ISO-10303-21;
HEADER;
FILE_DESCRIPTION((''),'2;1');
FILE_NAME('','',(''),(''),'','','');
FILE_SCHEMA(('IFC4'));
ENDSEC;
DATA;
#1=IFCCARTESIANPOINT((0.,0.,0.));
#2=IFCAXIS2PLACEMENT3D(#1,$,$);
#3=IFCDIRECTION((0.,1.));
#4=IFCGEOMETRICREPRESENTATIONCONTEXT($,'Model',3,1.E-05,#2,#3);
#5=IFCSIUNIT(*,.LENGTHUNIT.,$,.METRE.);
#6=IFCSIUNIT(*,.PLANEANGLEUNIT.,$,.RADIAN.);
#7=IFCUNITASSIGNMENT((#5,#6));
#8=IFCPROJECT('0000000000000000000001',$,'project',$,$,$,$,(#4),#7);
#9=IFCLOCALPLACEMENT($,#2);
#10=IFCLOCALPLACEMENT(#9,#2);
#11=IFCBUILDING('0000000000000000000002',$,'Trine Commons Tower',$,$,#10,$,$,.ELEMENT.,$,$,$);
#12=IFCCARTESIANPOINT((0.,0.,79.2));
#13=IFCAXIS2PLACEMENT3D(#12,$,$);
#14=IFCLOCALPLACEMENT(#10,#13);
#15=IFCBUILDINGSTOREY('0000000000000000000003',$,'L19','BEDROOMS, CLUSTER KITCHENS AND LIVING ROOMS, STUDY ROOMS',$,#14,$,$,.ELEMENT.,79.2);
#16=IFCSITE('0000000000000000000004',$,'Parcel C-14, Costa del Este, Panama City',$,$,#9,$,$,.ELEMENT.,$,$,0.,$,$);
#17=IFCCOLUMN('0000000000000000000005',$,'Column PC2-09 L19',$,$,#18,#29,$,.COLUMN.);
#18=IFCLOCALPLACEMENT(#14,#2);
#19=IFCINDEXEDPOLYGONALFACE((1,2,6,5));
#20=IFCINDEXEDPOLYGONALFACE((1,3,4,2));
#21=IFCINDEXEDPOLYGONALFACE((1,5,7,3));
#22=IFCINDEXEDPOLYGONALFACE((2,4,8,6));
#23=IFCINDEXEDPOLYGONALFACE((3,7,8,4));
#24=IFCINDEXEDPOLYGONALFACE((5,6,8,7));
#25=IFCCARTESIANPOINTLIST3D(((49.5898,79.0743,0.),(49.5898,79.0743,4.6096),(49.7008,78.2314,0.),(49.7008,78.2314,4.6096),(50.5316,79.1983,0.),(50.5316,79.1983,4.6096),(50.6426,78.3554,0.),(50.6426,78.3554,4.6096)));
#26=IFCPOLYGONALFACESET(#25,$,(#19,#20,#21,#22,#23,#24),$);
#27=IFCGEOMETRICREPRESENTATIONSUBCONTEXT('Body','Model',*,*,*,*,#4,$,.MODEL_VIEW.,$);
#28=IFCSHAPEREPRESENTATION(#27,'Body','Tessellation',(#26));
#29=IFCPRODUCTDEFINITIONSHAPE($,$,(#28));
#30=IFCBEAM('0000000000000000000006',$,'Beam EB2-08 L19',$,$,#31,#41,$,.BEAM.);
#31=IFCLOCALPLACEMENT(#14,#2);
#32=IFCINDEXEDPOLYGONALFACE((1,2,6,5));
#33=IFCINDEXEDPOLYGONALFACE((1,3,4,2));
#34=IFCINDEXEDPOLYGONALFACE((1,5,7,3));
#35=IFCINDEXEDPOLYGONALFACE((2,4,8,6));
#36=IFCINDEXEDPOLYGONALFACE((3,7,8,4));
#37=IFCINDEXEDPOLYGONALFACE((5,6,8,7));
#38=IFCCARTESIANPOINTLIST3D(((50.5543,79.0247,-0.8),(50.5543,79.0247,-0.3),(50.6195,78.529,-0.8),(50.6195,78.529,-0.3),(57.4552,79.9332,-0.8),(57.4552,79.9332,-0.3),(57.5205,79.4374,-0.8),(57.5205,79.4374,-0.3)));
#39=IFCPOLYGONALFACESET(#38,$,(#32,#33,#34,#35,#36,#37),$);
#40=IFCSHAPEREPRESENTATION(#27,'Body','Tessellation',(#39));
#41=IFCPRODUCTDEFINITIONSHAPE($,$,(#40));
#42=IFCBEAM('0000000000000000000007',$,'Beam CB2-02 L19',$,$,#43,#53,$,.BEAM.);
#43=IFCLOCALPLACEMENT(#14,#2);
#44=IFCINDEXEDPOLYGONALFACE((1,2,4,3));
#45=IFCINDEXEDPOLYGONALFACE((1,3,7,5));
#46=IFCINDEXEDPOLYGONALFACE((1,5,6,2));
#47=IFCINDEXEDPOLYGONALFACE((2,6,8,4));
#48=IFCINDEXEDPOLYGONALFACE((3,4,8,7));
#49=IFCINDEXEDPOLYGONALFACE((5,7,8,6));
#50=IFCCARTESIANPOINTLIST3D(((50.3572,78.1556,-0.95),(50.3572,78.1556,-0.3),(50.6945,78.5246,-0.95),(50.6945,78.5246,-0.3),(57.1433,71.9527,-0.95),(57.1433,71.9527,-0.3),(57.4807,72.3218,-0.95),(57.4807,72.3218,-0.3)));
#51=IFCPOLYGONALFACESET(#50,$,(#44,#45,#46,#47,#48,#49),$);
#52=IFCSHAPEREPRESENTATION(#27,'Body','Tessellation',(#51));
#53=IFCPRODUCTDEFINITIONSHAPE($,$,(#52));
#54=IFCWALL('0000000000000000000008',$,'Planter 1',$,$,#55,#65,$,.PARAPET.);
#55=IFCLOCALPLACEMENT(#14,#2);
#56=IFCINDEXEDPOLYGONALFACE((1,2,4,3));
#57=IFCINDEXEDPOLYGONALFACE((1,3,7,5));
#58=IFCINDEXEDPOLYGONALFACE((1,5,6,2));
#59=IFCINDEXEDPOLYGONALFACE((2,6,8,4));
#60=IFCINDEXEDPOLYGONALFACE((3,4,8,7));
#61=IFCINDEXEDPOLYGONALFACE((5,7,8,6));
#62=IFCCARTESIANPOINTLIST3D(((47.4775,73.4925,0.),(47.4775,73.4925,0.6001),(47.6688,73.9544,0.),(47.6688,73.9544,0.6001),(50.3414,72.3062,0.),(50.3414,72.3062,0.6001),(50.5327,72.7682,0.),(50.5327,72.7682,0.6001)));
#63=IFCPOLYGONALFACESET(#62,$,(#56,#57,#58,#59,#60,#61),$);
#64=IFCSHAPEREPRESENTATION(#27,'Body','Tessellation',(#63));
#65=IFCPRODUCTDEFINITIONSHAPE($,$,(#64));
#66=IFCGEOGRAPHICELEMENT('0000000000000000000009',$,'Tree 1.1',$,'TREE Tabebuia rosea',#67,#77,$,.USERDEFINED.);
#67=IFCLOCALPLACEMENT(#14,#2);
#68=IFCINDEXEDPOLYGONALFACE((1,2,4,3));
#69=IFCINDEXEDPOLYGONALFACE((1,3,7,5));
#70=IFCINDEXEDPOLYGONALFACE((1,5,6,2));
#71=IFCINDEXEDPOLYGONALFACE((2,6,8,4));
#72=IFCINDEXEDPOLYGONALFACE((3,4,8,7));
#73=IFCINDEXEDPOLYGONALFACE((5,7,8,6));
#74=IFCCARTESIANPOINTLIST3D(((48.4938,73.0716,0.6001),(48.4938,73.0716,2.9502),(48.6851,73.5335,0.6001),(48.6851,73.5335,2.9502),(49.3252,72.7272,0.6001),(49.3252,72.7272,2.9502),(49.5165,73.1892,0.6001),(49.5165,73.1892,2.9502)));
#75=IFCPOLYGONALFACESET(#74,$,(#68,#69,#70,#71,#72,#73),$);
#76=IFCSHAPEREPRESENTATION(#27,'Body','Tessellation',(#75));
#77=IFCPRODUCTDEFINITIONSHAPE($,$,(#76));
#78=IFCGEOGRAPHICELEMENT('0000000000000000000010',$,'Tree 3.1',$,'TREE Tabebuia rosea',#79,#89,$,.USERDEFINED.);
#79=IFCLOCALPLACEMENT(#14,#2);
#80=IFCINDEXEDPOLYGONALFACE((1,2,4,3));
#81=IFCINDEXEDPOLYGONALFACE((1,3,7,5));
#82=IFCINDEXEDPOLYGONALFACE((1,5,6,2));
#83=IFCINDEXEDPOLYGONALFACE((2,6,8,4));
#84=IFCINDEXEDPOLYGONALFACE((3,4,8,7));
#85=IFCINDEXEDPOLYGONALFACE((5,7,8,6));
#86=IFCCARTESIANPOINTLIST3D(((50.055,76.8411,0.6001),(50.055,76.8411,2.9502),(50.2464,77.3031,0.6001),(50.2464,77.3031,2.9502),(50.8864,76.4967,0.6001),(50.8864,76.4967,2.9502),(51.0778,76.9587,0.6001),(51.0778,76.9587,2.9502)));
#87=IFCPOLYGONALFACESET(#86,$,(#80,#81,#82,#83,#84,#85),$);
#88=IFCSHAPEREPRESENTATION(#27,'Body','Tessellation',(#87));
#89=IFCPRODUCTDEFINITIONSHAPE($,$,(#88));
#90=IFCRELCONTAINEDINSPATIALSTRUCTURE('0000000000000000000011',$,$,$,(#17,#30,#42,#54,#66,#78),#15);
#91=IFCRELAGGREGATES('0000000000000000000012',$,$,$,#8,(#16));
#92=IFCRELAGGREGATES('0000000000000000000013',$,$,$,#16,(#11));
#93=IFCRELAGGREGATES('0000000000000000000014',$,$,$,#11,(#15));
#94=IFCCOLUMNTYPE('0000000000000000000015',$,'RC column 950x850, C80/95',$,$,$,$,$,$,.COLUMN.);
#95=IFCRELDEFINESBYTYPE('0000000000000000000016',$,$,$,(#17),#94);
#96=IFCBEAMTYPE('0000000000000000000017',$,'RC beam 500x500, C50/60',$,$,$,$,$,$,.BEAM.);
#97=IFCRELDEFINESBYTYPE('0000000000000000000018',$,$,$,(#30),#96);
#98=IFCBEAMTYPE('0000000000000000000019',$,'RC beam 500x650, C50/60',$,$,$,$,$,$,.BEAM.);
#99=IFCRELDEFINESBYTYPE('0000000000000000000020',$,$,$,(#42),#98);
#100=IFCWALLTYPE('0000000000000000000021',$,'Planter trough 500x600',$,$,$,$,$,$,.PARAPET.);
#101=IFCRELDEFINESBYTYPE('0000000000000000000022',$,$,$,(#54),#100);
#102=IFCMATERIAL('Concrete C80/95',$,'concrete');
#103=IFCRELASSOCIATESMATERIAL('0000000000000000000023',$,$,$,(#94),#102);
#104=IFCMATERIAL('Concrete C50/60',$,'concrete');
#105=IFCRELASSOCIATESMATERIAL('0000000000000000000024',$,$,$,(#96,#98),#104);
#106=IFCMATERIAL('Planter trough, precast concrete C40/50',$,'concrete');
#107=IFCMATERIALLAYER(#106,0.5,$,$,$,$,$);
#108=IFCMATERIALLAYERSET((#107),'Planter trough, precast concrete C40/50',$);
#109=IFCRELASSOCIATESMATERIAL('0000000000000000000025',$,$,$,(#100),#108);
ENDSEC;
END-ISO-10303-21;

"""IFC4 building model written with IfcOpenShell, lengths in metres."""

from ifc_helpers import new_model, si_unit, direction, frame, frame_2d, origin, origin_2d, place, context, subcontext, project, spatial, rectangle, extrude, material, layer, layer_set, material_profile, profile_set, type_object, element, save


model = new_model("IFC4")

# Units and contexts
model_context = context("Model", 3, precision=1e-05, world=origin(), true_north=direction((0.0, 1.0)))
body_context = subcontext(model_context, "Body", "Model", "MODEL_VIEW")
ifc_project = project(units=[si_unit("LENGTHUNIT", "METRE"), si_unit("PLANEANGLEUNIT", "RADIAN")], contexts=[model_context])

# Site, building, storey
site_placement = place(None, origin())
site = spatial("IfcSite", under=ifc_project, at=site_placement, Name="Parcel C-14, Costa del Este, Panama City", CompositionType="ELEMENT", RefElevation=0.0)
building_placement = place(site_placement, origin())
building = spatial("IfcBuilding", under=site, at=building_placement, Name="Trine Commons Tower", CompositionType="ELEMENT")
storey_placement = place(building_placement, frame((0.0, 0.0, 79.2)))
storey = spatial("IfcBuildingStorey", under=building, at=storey_placement, Name="L19", Description="BEDROOMS, CLUSTER KITCHENS AND LIVING ROOMS, STUDY ROOMS", CompositionType="ELEMENT", Elevation=79.2)

# Column
ifc_material_1 = material(Name="Concrete C80/95", Category="concrete")
ifc_material_profile_1 = material_profile(ifc_material_1, rectangle(XDim=0.95, YDim=0.8501, at=origin_2d()), Name="RC 950x850")
ifc_profile_set_1 = profile_set([ifc_material_profile_1], Name="Concrete C80/95")
column_type = type_object("IfcColumnType", Name="RC column 950x850, C80/95", PredefinedType="COLUMN", material=ifc_profile_set_1)
column_placement = place(storey_placement, frame((50.1162, 78.7148, 0.0), z_axis=(0.0, 0.0, 1.0), x_axis=(0.991445, 0.130526, 0.0)))
element("IfcColumn", 1, at=column_placement, inside=storey, type_object=column_type, Name="Column PC2-09 L19", PredefinedType="COLUMN", context=body_context, shape_type="SweptSolid", body=[
    extrude(rectangle(XDim=0.95, YDim=0.8501, at=origin_2d()), origin(), (0.0, 0.0, 1.0), 4.6096),
])

# Beams
ifc_material_2 = material(Name="Concrete C50/60", Category="concrete")
ifc_material_profile_2 = material_profile(ifc_material_2, rectangle(XDim=0.5, YDim=0.5, at=origin_2d()), Name="RC 500x500")
ifc_profile_set_2 = profile_set([ifc_material_profile_2], Name="Concrete C50/60")
beam_type_1 = type_object("IfcBeamType", Name="RC beam 500x500, C50/60", PredefinedType="BEAM", material=ifc_profile_set_2)
beam_1_placement = place(storey_placement, frame((50.5869, 78.7769, -0.55), z_axis=(0.991446, 0.130516, 0.0), x_axis=(-0.130516, 0.991446, 0.0)))
element("IfcBeam", 2, at=beam_1_placement, inside=storey, type_object=beam_type_1, Name="Beam EB2-08 L19", PredefinedType="BEAM", context=body_context, shape_type="SweptSolid", body=[
    extrude(rectangle(XDim=0.5, YDim=0.5, at=origin_2d()), origin(), (0.0, 0.0, 1.0), 6.9604),
])
ifc_material_profile_3 = material_profile(ifc_material_2, rectangle(XDim=0.5, YDim=0.6499, at=origin_2d()), Name="RC 500x650")
ifc_profile_set_3 = profile_set([ifc_material_profile_3], Name="Concrete C50/60")
beam_type_2 = type_object("IfcBeamType", Name="RC beam 500x650, C50/60", PredefinedType="BEAM", material=ifc_profile_set_3)
beam_2_placement = place(storey_placement, frame((50.5259, 78.3401, -0.625), z_axis=(0.738115, -0.674675, 0.0), x_axis=(0.674675, 0.738115, 0.0)))
element("IfcBeam", 3, at=beam_2_placement, inside=storey, type_object=beam_type_2, Name="Beam CB2-02 L19", PredefinedType="BEAM", context=body_context, shape_type="SweptSolid", body=[
    extrude(rectangle(XDim=0.5, YDim=0.6499, at=origin_2d()), origin(), (0.0, 0.0, 1.0), 9.1938),
])

# Wall
ifc_material_3 = material(Name="Planter trough, precast concrete C40/50", Category="concrete")
ifc_layer = layer(ifc_material_3, 0.5)
ifc_layer_set = layer_set([ifc_layer], Name="Planter trough, precast concrete C40/50")
wall_type = type_object("IfcWallType", Name="Planter trough 500x600", PredefinedType="PARAPET", material=ifc_layer_set)
wall_placement = place(storey_placement, frame((47.5732, 73.7234, 0.0), z_axis=(0.0, 0.0, 1.0), x_axis=(0.923883, -0.382674, 0.0)))
element("IfcWall", 4, at=wall_placement, inside=storey, type_object=wall_type, Name="Planter 1", PredefinedType="PARAPET", context=body_context, shape_type="SweptSolid", body=[
    extrude(rectangle(XDim=3.0999, YDim=0.5, at=frame_2d((1.5498, 0.0))), origin(), (0.0, 0.0, 1.0), 0.6001),
])

# Geographic elements
for number, where, z_axis, x_axis, name in (
    (5, (49.0051, 73.1304, 0.6001), (0.0, 0.0, 1.0), (0.923886, -0.382669, 0.0), "Tree 1.1"),
    (6, (50.5664, 76.8999, 0.6001), (0.0, 0.0, 1.0), (-0.923886, 0.382669, 0.0), "Tree 3.1"),
):
    element("IfcGeographicElement", number, at=place(storey_placement, frame(where, z_axis=z_axis, x_axis=x_axis)), inside=storey, Name=name, ObjectType="TREE Tabebuia rosea", PredefinedType="USERDEFINED", context=body_context, shape_type="SweptSolid", body=[
        extrude(rectangle(XDim=0.8999, YDim=0.5, at=origin_2d()), origin(), (0.0, 0.0, 1.0), 2.3501),
    ])

save(model, "model.ifc")
